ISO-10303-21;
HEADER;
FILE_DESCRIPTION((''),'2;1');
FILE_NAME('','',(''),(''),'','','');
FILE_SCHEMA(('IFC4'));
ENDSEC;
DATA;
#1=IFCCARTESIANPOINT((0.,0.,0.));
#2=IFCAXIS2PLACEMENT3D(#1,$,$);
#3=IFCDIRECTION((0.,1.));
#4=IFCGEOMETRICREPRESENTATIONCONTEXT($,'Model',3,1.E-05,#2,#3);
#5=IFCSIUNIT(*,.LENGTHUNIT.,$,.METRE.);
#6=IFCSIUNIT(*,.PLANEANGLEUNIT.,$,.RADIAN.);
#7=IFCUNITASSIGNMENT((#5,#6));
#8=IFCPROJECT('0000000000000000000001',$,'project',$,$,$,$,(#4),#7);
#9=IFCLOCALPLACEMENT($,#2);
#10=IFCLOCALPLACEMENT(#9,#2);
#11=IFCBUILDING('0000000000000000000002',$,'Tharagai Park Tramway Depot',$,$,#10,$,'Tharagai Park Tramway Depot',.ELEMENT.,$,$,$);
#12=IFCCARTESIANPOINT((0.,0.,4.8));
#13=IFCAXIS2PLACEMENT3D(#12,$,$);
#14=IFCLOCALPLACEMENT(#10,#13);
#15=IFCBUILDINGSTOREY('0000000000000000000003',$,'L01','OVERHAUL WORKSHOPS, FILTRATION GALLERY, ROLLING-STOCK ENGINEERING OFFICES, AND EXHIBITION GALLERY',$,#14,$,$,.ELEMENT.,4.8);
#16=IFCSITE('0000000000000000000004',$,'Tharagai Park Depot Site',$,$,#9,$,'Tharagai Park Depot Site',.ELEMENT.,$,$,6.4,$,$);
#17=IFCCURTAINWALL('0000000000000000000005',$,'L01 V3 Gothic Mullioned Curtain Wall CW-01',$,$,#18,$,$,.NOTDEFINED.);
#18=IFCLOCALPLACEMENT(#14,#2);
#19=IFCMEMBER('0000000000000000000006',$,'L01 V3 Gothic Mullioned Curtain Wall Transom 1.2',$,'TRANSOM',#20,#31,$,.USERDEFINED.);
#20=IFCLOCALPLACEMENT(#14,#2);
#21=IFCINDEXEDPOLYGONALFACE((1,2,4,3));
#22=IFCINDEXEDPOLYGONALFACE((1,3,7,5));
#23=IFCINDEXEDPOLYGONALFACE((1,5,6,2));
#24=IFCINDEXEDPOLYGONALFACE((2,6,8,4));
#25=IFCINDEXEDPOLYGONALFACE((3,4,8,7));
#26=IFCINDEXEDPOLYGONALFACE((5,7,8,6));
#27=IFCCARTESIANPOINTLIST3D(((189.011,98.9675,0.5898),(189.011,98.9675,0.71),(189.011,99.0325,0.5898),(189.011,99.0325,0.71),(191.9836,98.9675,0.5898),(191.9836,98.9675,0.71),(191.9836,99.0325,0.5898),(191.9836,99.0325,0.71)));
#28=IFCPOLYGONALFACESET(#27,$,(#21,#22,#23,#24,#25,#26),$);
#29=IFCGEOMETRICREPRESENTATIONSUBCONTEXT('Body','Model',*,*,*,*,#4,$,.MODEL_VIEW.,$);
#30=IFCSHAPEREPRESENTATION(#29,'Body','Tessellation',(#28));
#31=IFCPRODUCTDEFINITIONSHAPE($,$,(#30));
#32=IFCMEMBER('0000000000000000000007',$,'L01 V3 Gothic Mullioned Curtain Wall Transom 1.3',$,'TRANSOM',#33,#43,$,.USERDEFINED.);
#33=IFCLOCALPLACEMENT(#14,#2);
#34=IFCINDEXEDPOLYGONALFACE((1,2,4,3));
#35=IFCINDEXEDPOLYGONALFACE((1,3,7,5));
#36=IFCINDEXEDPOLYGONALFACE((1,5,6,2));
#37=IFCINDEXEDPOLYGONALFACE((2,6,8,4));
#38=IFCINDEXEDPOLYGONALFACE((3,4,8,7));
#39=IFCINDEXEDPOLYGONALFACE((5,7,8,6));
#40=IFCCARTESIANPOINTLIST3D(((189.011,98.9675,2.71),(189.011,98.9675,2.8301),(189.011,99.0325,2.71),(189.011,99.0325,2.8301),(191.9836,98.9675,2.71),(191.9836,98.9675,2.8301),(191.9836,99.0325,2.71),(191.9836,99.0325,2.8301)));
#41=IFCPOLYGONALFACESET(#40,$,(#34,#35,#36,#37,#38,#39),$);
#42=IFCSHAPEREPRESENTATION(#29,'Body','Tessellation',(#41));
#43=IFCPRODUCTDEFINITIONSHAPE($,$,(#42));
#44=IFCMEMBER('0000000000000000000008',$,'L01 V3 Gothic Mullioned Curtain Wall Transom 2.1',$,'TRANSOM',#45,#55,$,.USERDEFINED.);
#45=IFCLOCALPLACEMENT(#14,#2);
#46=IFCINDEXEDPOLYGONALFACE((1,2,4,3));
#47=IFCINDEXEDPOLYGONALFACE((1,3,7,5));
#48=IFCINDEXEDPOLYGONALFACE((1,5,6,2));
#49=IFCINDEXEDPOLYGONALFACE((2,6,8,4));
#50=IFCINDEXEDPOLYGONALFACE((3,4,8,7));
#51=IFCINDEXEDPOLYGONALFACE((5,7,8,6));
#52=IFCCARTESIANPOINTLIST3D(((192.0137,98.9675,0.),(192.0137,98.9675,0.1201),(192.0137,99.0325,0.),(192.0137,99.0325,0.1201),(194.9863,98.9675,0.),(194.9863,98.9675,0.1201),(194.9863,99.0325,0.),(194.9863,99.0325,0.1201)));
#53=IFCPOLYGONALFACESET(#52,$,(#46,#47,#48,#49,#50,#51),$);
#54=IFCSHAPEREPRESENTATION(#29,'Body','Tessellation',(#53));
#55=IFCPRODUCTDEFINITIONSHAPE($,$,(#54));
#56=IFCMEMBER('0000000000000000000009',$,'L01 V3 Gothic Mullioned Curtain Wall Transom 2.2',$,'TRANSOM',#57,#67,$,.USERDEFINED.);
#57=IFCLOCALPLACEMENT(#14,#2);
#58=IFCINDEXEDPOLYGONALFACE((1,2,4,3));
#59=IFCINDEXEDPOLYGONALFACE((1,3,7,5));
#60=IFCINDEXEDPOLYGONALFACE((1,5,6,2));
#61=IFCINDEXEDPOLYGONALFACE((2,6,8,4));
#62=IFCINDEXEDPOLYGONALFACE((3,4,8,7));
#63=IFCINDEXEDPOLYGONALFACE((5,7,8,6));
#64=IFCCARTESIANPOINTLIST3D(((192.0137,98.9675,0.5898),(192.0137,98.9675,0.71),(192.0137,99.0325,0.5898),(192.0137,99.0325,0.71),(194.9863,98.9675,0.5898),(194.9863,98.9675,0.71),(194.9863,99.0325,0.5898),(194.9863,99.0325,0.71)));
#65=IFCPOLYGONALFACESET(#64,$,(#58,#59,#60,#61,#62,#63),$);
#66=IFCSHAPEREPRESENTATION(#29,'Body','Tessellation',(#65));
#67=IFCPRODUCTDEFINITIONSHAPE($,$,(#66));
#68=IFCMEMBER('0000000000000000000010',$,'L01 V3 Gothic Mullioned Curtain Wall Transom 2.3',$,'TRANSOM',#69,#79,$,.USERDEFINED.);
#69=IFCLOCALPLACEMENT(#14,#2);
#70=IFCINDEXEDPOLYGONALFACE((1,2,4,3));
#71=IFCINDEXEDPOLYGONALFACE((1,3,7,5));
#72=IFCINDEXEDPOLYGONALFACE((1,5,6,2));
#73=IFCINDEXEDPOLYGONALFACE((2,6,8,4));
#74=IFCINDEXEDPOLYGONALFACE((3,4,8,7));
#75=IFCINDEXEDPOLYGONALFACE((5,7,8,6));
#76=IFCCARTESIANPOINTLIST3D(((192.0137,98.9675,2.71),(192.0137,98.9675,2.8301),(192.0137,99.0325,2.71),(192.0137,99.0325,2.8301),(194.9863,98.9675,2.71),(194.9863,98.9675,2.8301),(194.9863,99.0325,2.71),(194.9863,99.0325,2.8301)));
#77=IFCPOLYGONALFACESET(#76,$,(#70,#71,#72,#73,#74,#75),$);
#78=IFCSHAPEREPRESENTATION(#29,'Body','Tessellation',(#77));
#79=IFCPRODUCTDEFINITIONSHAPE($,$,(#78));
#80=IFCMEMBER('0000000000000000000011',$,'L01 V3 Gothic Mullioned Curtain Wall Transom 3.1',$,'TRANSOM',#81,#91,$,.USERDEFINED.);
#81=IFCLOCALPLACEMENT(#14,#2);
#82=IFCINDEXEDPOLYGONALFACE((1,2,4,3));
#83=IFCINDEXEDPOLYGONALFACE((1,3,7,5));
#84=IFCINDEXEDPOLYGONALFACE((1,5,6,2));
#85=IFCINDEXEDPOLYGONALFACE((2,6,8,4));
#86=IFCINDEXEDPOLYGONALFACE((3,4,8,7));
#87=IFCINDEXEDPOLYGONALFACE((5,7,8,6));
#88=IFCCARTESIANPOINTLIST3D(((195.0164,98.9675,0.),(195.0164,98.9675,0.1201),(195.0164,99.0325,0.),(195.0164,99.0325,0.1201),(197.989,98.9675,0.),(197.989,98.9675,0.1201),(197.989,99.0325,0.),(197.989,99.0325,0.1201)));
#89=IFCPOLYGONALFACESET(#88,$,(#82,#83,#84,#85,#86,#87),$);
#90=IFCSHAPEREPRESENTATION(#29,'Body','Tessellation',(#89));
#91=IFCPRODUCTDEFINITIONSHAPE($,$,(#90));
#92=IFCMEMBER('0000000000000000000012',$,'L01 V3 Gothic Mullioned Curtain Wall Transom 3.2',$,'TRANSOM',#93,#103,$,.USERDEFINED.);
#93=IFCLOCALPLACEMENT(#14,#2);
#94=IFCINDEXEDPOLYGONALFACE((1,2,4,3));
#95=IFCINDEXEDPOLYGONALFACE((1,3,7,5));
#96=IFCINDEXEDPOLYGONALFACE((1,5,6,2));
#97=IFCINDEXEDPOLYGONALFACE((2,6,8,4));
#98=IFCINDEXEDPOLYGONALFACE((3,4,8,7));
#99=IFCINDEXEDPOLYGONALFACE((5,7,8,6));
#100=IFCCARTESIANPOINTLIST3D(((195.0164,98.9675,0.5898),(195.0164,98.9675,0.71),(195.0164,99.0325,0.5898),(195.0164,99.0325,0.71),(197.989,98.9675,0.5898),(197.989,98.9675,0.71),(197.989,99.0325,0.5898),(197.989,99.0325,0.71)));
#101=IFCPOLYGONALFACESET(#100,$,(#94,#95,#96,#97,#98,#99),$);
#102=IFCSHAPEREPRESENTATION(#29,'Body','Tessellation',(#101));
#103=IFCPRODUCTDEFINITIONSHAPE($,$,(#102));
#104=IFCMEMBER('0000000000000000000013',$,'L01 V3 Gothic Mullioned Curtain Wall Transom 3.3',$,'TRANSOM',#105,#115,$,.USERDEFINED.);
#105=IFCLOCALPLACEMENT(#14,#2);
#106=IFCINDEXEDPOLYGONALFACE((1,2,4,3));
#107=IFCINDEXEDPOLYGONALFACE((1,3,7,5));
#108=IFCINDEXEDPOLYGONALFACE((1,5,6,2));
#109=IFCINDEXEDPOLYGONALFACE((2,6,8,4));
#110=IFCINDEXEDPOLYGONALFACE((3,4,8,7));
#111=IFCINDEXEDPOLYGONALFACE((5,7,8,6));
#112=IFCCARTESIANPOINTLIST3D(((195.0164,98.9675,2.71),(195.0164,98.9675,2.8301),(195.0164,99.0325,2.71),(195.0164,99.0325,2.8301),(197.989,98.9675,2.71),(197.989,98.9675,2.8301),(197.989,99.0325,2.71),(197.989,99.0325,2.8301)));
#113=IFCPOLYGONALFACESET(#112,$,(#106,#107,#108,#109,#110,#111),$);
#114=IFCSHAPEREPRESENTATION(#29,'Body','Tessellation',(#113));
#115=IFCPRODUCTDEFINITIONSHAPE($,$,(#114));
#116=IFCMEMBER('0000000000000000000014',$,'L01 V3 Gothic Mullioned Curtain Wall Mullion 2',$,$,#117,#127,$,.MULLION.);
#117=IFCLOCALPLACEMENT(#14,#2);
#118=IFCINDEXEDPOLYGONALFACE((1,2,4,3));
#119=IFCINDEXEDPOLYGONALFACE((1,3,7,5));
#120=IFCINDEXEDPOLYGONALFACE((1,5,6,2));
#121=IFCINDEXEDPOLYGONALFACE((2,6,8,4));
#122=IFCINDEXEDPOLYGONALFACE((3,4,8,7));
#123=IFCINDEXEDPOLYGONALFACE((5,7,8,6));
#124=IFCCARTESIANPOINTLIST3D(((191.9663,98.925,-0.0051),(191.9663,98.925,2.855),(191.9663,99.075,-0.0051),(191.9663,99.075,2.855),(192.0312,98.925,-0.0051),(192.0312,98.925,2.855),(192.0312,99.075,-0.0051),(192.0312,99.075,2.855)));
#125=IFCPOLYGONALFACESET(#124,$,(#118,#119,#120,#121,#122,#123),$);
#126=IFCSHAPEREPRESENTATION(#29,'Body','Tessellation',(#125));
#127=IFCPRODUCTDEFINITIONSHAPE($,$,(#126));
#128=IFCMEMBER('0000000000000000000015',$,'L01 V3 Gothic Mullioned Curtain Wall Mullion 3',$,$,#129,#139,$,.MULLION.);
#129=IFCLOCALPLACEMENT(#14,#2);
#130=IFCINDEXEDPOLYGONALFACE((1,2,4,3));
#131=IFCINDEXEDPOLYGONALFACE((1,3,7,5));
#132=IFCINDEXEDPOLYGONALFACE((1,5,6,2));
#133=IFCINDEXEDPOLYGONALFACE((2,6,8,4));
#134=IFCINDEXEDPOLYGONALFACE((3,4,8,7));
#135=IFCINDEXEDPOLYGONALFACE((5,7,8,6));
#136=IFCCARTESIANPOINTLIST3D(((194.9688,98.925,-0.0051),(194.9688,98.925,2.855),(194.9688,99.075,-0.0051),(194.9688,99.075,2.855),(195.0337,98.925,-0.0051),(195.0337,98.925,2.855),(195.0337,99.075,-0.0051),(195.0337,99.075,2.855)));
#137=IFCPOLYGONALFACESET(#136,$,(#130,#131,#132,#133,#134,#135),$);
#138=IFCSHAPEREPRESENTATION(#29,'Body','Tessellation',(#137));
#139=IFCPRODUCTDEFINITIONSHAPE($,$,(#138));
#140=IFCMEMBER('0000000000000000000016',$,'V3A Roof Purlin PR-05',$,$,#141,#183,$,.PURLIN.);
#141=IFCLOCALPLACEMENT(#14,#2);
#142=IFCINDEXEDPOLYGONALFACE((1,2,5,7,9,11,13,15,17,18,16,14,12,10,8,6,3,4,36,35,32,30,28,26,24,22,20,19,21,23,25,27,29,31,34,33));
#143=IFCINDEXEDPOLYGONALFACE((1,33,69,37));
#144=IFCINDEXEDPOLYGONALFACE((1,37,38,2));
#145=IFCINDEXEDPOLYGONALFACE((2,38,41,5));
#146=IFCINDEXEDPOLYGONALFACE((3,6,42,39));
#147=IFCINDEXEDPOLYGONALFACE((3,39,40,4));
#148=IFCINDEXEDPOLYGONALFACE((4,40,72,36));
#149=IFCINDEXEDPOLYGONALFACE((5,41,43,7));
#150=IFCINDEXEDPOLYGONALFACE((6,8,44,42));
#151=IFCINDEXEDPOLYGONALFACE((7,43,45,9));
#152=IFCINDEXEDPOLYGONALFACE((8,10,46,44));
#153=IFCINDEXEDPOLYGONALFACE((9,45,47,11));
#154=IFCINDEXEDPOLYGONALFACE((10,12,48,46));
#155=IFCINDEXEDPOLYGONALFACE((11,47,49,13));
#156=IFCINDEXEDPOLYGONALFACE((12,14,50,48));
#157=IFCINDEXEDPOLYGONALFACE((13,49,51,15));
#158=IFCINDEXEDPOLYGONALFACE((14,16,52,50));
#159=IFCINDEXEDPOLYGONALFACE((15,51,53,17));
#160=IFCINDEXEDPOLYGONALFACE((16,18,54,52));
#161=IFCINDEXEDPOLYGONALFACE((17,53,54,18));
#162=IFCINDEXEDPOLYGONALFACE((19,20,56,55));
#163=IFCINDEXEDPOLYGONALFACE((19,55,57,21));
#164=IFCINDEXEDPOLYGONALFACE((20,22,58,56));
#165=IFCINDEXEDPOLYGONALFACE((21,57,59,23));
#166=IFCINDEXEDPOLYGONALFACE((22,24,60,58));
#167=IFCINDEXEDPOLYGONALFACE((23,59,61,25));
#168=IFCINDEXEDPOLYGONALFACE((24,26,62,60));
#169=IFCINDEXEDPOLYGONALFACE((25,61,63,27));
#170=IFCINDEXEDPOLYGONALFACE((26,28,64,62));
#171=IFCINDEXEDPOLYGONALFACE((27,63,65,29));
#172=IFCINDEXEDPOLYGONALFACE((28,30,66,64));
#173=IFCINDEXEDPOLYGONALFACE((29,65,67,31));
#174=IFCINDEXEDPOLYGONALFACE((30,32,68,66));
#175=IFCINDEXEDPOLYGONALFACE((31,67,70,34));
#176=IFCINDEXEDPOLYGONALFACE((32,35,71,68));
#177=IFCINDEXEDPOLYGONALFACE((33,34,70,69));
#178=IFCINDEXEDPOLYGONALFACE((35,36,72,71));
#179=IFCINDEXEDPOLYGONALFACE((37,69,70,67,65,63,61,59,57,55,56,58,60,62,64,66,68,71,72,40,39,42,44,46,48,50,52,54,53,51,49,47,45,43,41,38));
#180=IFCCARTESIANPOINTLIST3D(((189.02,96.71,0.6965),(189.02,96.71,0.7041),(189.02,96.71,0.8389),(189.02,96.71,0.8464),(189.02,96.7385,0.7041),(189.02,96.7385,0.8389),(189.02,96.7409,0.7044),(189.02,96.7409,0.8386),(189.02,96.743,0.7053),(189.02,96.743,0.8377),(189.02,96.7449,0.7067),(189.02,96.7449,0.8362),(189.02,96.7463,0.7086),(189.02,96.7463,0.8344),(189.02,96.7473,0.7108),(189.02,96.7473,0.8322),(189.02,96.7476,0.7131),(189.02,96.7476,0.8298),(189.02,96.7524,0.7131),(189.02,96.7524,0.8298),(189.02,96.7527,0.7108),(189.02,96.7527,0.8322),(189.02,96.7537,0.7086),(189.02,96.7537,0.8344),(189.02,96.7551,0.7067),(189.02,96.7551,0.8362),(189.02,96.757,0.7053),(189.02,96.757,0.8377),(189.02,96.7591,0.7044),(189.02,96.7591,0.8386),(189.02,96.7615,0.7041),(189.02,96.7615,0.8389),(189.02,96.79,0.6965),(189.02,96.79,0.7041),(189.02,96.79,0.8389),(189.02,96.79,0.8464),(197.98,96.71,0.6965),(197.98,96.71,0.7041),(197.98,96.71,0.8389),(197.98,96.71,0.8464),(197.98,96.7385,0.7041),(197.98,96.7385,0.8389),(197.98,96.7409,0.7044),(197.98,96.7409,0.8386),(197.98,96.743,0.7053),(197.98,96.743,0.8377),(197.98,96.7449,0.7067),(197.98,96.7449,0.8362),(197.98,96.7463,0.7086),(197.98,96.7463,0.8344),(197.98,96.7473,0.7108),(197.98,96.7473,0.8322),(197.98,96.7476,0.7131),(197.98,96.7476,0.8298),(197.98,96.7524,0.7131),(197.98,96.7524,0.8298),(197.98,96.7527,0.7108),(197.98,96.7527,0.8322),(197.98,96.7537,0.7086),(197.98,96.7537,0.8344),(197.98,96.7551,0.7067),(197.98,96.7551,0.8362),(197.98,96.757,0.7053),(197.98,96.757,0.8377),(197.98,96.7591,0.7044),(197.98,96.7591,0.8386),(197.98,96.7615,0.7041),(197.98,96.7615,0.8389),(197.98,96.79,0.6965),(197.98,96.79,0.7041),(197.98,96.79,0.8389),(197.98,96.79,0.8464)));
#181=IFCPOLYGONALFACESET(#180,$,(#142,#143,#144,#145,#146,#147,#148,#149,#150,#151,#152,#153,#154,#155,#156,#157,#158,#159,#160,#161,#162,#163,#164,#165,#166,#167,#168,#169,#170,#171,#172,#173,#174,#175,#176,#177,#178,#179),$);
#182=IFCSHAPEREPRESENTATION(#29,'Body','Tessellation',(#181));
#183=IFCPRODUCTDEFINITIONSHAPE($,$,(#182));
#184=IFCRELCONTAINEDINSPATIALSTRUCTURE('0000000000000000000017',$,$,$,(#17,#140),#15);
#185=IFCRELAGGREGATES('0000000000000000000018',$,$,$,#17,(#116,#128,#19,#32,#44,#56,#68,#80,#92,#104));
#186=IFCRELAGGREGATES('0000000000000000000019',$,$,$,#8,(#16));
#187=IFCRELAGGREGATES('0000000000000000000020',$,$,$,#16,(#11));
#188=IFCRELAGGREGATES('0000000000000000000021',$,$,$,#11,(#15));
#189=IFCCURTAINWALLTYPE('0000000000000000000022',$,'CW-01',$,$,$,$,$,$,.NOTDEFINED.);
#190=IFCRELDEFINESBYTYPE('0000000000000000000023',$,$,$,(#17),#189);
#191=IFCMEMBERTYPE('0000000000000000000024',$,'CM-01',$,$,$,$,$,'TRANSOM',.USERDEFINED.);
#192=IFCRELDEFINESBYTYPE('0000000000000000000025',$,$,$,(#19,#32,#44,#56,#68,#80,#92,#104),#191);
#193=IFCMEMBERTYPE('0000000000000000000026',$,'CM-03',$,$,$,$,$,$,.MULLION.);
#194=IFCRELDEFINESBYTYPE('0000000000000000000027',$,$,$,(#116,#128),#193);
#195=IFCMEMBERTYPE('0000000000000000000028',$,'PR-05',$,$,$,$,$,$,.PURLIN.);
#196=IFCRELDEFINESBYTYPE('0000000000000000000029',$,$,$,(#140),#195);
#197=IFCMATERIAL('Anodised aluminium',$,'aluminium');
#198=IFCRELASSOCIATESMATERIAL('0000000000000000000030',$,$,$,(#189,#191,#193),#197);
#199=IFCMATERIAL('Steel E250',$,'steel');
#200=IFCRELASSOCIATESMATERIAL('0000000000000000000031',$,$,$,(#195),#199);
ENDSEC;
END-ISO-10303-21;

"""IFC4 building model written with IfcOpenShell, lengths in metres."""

from ifc_helpers import new_model, si_unit, direction, frame, origin, origin_2d, place, context, subcontext, project, spatial, rectangle, i_section, extrude, material, material_profile, profile_set, type_object, element, aggregate, save


model = new_model("IFC4")

# Units and contexts
model_context = context("Model", 3, precision=1e-05, world=origin(), true_north=direction((0.0, 1.0)))
body_context = subcontext(model_context, "Body", "Model", "MODEL_VIEW")
ifc_project = project(units=[si_unit("LENGTHUNIT", "METRE"), si_unit("PLANEANGLEUNIT", "RADIAN")], contexts=[model_context])

# Site, building, storey
site_placement = place(None, origin())
site = spatial("IfcSite", under=ifc_project, at=site_placement, Name="Tharagai Park Depot Site", LongName="Tharagai Park Depot Site", CompositionType="ELEMENT", RefElevation=6.4)
building_placement = place(site_placement, origin())
building = spatial("IfcBuilding", under=site, at=building_placement, Name="Tharagai Park Tramway Depot", LongName="Tharagai Park Tramway Depot", CompositionType="ELEMENT")
storey_placement = place(building_placement, frame((0.0, 0.0, 4.8)))
storey = spatial("IfcBuildingStorey", under=building, at=storey_placement, Name="L01", Description="OVERHAUL WORKSHOPS, FILTRATION GALLERY, ROLLING-STOCK ENGINEERING OFFICES, AND EXHIBITION GALLERY", CompositionType="ELEMENT", Elevation=4.8)

# Curtain wall, members
ifc_material_1 = material(Name="Anodised aluminium", Category="aluminium")
curtain_wall_type = type_object("IfcCurtainWallType", Name="CW-01", PredefinedType="NOTDEFINED", material=ifc_material_1)
curtain_wall_placement = place(storey_placement, origin())
curtain_wall = element("IfcCurtainWall", 1, at=curtain_wall_placement, inside=storey, type_object=curtain_wall_type, Name="L01 V3 Gothic Mullioned Curtain Wall CW-01", PredefinedType="NOTDEFINED")
ifc_material_profile_1 = material_profile(ifc_material_1, rectangle(XDim=0.0649, YDim=0.1201, at=origin_2d()), Name="ALU 65x120")
ifc_profile_set_1 = profile_set([ifc_material_profile_1], Name="Anodised aluminium")
member_type_1 = type_object("IfcMemberType", Name="CM-01", ElementType="TRANSOM", PredefinedType="USERDEFINED", material=ifc_profile_set_1)
member_1_placement = place(storey_placement, frame((189.011, 99.0, 0.6499), z_axis=(1.0, 0.0, 0.0), x_axis=(0.0, 1.0, 0.0)))
member_1 = element("IfcMember", 2, at=member_1_placement, type_object=member_type_1, Name="L01 V3 Gothic Mullioned Curtain Wall Transom 1.2", ObjectType="TRANSOM", PredefinedType="USERDEFINED", context=body_context, shape_type="SweptSolid", body=[
    extrude(rectangle(XDim=0.0649, YDim=0.1201, at=origin_2d()), origin(), (0.0, 0.0, 1.0), 2.9727),
])
member_2_placement = place(storey_placement, frame((189.011, 99.0, 2.77), z_axis=(1.0, 0.0, 0.0), x_axis=(0.0, 1.0, 0.0)))
member_2 = element("IfcMember", 3, at=member_2_placement, type_object=member_type_1, Name="L01 V3 Gothic Mullioned Curtain Wall Transom 1.3", ObjectType="TRANSOM", PredefinedType="USERDEFINED", context=body_context, shape_type="SweptSolid", body=[
    extrude(rectangle(XDim=0.0649, YDim=0.1201, at=origin_2d()), origin(), (0.0, 0.0, 1.0), 2.9727),
])
member_3_placement = place(storey_placement, frame((192.0137, 99.0, 0.0601), z_axis=(1.0, 0.0, 0.0), x_axis=(0.0, 1.0, 0.0)))
member_3 = element("IfcMember", 4, at=member_3_placement, type_object=member_type_1, Name="L01 V3 Gothic Mullioned Curtain Wall Transom 2.1", ObjectType="TRANSOM", PredefinedType="USERDEFINED", context=body_context, shape_type="SweptSolid", body=[
    extrude(rectangle(XDim=0.0649, YDim=0.1201, at=origin_2d()), origin(), (0.0, 0.0, 1.0), 2.9727),
])
member_4_placement = place(storey_placement, frame((192.0137, 99.0, 0.6499), z_axis=(1.0, 0.0, 0.0), x_axis=(0.0, 1.0, 0.0)))
member_4 = element("IfcMember", 5, at=member_4_placement, type_object=member_type_1, Name="L01 V3 Gothic Mullioned Curtain Wall Transom 2.2", ObjectType="TRANSOM", PredefinedType="USERDEFINED", context=body_context, shape_type="SweptSolid", body=[
    extrude(rectangle(XDim=0.0649, YDim=0.1201, at=origin_2d()), origin(), (0.0, 0.0, 1.0), 2.9727),
])
member_5_placement = place(storey_placement, frame((192.0137, 99.0, 2.77), z_axis=(1.0, 0.0, 0.0), x_axis=(0.0, 1.0, 0.0)))
member_5 = element("IfcMember", 6, at=member_5_placement, type_object=member_type_1, Name="L01 V3 Gothic Mullioned Curtain Wall Transom 2.3", ObjectType="TRANSOM", PredefinedType="USERDEFINED", context=body_context, shape_type="SweptSolid", body=[
    extrude(rectangle(XDim=0.0649, YDim=0.1201, at=origin_2d()), origin(), (0.0, 0.0, 1.0), 2.9727),
])
member_6_placement = place(storey_placement, frame((195.0164, 99.0, 0.0601), z_axis=(1.0, 0.0, 0.0), x_axis=(0.0, 1.0, 0.0)))
member_6 = element("IfcMember", 7, at=member_6_placement, type_object=member_type_1, Name="L01 V3 Gothic Mullioned Curtain Wall Transom 3.1", ObjectType="TRANSOM", PredefinedType="USERDEFINED", context=body_context, shape_type="SweptSolid", body=[
    extrude(rectangle(XDim=0.0649, YDim=0.1201, at=origin_2d()), origin(), (0.0, 0.0, 1.0), 2.9727),
])
member_7_placement = place(storey_placement, frame((195.0164, 99.0, 0.6499), z_axis=(1.0, 0.0, 0.0), x_axis=(0.0, 1.0, 0.0)))
member_7 = element("IfcMember", 8, at=member_7_placement, type_object=member_type_1, Name="L01 V3 Gothic Mullioned Curtain Wall Transom 3.2", ObjectType="TRANSOM", PredefinedType="USERDEFINED", context=body_context, shape_type="SweptSolid", body=[
    extrude(rectangle(XDim=0.0649, YDim=0.1201, at=origin_2d()), origin(), (0.0, 0.0, 1.0), 2.9727),
])
member_8_placement = place(storey_placement, frame((195.0164, 99.0, 2.77), z_axis=(1.0, 0.0, 0.0), x_axis=(0.0, 1.0, 0.0)))
member_8 = element("IfcMember", 9, at=member_8_placement, type_object=member_type_1, Name="L01 V3 Gothic Mullioned Curtain Wall Transom 3.3", ObjectType="TRANSOM", PredefinedType="USERDEFINED", context=body_context, shape_type="SweptSolid", body=[
    extrude(rectangle(XDim=0.0649, YDim=0.1201, at=origin_2d()), origin(), (0.0, 0.0, 1.0), 2.9727),
])
ifc_material_profile_2 = material_profile(ifc_material_1, rectangle(XDim=0.0649, YDim=0.1499, at=origin_2d()), Name="ALU 65x150")
ifc_profile_set_2 = profile_set([ifc_material_profile_2], Name="Anodised aluminium")
member_type_2 = type_object("IfcMemberType", Name="CM-03", PredefinedType="MULLION", material=ifc_profile_set_2)
member_9_placement = place(storey_placement, frame((191.9988, 99.0, -0.0051), z_axis=(0.0, 0.0, 1.0), x_axis=(1.0, 0.0, 0.0)))
member_9 = element("IfcMember", 10, at=member_9_placement, type_object=member_type_2, Name="L01 V3 Gothic Mullioned Curtain Wall Mullion 2", PredefinedType="MULLION", context=body_context, shape_type="SweptSolid", body=[
    extrude(rectangle(XDim=0.0649, YDim=0.1499, at=origin_2d()), origin(), (0.0, 0.0, 1.0), 2.8601),
])
member_10_placement = place(storey_placement, frame((195.0012, 99.0, -0.0051), z_axis=(0.0, 0.0, 1.0), x_axis=(1.0, 0.0, 0.0)))
member_10 = element("IfcMember", 11, at=member_10_placement, type_object=member_type_2, Name="L01 V3 Gothic Mullioned Curtain Wall Mullion 3", PredefinedType="MULLION", context=body_context, shape_type="SweptSolid", body=[
    extrude(rectangle(XDim=0.0649, YDim=0.1499, at=origin_2d()), origin(), (0.0, 0.0, 1.0), 2.8601),
])

# Member
ifc_material_2 = material(Name="Steel E250", Category="steel")
ifc_material_profile_3 = material_profile(ifc_material_2, i_section(OverallWidth=0.0801, OverallDepth=0.1499, WebThickness=0.0049, FlangeThickness=0.0076, FilletRadius=0.009, at=origin_2d()), Name="ISMB 150")
ifc_profile_set_3 = profile_set([ifc_material_profile_3], Name="Steel E250")
member_type_3 = type_object("IfcMemberType", Name="PR-05", PredefinedType="PURLIN", material=ifc_profile_set_3)
member_11_placement = place(storey_placement, frame((189.02, 96.75, 0.7715), z_axis=(1.0, 0.0, 0.0), x_axis=(0.0, 1.0, 0.0)))
element("IfcMember", 12, at=member_11_placement, inside=storey, type_object=member_type_3, Name="V3A Roof Purlin PR-05", PredefinedType="PURLIN", context=body_context, shape_type="SweptSolid", body=[
    extrude(i_section(OverallWidth=0.0801, OverallDepth=0.1499, WebThickness=0.0049, FlangeThickness=0.0076, FilletRadius=0.009, at=origin_2d()), origin(), (0.0, 0.0, 1.0), 8.96),
])

aggregate(curtain_wall, [member_9, member_10, member_1, member_2, member_3, member_4, member_5, member_6, member_7, member_8])

save(model, "model.ifc")
